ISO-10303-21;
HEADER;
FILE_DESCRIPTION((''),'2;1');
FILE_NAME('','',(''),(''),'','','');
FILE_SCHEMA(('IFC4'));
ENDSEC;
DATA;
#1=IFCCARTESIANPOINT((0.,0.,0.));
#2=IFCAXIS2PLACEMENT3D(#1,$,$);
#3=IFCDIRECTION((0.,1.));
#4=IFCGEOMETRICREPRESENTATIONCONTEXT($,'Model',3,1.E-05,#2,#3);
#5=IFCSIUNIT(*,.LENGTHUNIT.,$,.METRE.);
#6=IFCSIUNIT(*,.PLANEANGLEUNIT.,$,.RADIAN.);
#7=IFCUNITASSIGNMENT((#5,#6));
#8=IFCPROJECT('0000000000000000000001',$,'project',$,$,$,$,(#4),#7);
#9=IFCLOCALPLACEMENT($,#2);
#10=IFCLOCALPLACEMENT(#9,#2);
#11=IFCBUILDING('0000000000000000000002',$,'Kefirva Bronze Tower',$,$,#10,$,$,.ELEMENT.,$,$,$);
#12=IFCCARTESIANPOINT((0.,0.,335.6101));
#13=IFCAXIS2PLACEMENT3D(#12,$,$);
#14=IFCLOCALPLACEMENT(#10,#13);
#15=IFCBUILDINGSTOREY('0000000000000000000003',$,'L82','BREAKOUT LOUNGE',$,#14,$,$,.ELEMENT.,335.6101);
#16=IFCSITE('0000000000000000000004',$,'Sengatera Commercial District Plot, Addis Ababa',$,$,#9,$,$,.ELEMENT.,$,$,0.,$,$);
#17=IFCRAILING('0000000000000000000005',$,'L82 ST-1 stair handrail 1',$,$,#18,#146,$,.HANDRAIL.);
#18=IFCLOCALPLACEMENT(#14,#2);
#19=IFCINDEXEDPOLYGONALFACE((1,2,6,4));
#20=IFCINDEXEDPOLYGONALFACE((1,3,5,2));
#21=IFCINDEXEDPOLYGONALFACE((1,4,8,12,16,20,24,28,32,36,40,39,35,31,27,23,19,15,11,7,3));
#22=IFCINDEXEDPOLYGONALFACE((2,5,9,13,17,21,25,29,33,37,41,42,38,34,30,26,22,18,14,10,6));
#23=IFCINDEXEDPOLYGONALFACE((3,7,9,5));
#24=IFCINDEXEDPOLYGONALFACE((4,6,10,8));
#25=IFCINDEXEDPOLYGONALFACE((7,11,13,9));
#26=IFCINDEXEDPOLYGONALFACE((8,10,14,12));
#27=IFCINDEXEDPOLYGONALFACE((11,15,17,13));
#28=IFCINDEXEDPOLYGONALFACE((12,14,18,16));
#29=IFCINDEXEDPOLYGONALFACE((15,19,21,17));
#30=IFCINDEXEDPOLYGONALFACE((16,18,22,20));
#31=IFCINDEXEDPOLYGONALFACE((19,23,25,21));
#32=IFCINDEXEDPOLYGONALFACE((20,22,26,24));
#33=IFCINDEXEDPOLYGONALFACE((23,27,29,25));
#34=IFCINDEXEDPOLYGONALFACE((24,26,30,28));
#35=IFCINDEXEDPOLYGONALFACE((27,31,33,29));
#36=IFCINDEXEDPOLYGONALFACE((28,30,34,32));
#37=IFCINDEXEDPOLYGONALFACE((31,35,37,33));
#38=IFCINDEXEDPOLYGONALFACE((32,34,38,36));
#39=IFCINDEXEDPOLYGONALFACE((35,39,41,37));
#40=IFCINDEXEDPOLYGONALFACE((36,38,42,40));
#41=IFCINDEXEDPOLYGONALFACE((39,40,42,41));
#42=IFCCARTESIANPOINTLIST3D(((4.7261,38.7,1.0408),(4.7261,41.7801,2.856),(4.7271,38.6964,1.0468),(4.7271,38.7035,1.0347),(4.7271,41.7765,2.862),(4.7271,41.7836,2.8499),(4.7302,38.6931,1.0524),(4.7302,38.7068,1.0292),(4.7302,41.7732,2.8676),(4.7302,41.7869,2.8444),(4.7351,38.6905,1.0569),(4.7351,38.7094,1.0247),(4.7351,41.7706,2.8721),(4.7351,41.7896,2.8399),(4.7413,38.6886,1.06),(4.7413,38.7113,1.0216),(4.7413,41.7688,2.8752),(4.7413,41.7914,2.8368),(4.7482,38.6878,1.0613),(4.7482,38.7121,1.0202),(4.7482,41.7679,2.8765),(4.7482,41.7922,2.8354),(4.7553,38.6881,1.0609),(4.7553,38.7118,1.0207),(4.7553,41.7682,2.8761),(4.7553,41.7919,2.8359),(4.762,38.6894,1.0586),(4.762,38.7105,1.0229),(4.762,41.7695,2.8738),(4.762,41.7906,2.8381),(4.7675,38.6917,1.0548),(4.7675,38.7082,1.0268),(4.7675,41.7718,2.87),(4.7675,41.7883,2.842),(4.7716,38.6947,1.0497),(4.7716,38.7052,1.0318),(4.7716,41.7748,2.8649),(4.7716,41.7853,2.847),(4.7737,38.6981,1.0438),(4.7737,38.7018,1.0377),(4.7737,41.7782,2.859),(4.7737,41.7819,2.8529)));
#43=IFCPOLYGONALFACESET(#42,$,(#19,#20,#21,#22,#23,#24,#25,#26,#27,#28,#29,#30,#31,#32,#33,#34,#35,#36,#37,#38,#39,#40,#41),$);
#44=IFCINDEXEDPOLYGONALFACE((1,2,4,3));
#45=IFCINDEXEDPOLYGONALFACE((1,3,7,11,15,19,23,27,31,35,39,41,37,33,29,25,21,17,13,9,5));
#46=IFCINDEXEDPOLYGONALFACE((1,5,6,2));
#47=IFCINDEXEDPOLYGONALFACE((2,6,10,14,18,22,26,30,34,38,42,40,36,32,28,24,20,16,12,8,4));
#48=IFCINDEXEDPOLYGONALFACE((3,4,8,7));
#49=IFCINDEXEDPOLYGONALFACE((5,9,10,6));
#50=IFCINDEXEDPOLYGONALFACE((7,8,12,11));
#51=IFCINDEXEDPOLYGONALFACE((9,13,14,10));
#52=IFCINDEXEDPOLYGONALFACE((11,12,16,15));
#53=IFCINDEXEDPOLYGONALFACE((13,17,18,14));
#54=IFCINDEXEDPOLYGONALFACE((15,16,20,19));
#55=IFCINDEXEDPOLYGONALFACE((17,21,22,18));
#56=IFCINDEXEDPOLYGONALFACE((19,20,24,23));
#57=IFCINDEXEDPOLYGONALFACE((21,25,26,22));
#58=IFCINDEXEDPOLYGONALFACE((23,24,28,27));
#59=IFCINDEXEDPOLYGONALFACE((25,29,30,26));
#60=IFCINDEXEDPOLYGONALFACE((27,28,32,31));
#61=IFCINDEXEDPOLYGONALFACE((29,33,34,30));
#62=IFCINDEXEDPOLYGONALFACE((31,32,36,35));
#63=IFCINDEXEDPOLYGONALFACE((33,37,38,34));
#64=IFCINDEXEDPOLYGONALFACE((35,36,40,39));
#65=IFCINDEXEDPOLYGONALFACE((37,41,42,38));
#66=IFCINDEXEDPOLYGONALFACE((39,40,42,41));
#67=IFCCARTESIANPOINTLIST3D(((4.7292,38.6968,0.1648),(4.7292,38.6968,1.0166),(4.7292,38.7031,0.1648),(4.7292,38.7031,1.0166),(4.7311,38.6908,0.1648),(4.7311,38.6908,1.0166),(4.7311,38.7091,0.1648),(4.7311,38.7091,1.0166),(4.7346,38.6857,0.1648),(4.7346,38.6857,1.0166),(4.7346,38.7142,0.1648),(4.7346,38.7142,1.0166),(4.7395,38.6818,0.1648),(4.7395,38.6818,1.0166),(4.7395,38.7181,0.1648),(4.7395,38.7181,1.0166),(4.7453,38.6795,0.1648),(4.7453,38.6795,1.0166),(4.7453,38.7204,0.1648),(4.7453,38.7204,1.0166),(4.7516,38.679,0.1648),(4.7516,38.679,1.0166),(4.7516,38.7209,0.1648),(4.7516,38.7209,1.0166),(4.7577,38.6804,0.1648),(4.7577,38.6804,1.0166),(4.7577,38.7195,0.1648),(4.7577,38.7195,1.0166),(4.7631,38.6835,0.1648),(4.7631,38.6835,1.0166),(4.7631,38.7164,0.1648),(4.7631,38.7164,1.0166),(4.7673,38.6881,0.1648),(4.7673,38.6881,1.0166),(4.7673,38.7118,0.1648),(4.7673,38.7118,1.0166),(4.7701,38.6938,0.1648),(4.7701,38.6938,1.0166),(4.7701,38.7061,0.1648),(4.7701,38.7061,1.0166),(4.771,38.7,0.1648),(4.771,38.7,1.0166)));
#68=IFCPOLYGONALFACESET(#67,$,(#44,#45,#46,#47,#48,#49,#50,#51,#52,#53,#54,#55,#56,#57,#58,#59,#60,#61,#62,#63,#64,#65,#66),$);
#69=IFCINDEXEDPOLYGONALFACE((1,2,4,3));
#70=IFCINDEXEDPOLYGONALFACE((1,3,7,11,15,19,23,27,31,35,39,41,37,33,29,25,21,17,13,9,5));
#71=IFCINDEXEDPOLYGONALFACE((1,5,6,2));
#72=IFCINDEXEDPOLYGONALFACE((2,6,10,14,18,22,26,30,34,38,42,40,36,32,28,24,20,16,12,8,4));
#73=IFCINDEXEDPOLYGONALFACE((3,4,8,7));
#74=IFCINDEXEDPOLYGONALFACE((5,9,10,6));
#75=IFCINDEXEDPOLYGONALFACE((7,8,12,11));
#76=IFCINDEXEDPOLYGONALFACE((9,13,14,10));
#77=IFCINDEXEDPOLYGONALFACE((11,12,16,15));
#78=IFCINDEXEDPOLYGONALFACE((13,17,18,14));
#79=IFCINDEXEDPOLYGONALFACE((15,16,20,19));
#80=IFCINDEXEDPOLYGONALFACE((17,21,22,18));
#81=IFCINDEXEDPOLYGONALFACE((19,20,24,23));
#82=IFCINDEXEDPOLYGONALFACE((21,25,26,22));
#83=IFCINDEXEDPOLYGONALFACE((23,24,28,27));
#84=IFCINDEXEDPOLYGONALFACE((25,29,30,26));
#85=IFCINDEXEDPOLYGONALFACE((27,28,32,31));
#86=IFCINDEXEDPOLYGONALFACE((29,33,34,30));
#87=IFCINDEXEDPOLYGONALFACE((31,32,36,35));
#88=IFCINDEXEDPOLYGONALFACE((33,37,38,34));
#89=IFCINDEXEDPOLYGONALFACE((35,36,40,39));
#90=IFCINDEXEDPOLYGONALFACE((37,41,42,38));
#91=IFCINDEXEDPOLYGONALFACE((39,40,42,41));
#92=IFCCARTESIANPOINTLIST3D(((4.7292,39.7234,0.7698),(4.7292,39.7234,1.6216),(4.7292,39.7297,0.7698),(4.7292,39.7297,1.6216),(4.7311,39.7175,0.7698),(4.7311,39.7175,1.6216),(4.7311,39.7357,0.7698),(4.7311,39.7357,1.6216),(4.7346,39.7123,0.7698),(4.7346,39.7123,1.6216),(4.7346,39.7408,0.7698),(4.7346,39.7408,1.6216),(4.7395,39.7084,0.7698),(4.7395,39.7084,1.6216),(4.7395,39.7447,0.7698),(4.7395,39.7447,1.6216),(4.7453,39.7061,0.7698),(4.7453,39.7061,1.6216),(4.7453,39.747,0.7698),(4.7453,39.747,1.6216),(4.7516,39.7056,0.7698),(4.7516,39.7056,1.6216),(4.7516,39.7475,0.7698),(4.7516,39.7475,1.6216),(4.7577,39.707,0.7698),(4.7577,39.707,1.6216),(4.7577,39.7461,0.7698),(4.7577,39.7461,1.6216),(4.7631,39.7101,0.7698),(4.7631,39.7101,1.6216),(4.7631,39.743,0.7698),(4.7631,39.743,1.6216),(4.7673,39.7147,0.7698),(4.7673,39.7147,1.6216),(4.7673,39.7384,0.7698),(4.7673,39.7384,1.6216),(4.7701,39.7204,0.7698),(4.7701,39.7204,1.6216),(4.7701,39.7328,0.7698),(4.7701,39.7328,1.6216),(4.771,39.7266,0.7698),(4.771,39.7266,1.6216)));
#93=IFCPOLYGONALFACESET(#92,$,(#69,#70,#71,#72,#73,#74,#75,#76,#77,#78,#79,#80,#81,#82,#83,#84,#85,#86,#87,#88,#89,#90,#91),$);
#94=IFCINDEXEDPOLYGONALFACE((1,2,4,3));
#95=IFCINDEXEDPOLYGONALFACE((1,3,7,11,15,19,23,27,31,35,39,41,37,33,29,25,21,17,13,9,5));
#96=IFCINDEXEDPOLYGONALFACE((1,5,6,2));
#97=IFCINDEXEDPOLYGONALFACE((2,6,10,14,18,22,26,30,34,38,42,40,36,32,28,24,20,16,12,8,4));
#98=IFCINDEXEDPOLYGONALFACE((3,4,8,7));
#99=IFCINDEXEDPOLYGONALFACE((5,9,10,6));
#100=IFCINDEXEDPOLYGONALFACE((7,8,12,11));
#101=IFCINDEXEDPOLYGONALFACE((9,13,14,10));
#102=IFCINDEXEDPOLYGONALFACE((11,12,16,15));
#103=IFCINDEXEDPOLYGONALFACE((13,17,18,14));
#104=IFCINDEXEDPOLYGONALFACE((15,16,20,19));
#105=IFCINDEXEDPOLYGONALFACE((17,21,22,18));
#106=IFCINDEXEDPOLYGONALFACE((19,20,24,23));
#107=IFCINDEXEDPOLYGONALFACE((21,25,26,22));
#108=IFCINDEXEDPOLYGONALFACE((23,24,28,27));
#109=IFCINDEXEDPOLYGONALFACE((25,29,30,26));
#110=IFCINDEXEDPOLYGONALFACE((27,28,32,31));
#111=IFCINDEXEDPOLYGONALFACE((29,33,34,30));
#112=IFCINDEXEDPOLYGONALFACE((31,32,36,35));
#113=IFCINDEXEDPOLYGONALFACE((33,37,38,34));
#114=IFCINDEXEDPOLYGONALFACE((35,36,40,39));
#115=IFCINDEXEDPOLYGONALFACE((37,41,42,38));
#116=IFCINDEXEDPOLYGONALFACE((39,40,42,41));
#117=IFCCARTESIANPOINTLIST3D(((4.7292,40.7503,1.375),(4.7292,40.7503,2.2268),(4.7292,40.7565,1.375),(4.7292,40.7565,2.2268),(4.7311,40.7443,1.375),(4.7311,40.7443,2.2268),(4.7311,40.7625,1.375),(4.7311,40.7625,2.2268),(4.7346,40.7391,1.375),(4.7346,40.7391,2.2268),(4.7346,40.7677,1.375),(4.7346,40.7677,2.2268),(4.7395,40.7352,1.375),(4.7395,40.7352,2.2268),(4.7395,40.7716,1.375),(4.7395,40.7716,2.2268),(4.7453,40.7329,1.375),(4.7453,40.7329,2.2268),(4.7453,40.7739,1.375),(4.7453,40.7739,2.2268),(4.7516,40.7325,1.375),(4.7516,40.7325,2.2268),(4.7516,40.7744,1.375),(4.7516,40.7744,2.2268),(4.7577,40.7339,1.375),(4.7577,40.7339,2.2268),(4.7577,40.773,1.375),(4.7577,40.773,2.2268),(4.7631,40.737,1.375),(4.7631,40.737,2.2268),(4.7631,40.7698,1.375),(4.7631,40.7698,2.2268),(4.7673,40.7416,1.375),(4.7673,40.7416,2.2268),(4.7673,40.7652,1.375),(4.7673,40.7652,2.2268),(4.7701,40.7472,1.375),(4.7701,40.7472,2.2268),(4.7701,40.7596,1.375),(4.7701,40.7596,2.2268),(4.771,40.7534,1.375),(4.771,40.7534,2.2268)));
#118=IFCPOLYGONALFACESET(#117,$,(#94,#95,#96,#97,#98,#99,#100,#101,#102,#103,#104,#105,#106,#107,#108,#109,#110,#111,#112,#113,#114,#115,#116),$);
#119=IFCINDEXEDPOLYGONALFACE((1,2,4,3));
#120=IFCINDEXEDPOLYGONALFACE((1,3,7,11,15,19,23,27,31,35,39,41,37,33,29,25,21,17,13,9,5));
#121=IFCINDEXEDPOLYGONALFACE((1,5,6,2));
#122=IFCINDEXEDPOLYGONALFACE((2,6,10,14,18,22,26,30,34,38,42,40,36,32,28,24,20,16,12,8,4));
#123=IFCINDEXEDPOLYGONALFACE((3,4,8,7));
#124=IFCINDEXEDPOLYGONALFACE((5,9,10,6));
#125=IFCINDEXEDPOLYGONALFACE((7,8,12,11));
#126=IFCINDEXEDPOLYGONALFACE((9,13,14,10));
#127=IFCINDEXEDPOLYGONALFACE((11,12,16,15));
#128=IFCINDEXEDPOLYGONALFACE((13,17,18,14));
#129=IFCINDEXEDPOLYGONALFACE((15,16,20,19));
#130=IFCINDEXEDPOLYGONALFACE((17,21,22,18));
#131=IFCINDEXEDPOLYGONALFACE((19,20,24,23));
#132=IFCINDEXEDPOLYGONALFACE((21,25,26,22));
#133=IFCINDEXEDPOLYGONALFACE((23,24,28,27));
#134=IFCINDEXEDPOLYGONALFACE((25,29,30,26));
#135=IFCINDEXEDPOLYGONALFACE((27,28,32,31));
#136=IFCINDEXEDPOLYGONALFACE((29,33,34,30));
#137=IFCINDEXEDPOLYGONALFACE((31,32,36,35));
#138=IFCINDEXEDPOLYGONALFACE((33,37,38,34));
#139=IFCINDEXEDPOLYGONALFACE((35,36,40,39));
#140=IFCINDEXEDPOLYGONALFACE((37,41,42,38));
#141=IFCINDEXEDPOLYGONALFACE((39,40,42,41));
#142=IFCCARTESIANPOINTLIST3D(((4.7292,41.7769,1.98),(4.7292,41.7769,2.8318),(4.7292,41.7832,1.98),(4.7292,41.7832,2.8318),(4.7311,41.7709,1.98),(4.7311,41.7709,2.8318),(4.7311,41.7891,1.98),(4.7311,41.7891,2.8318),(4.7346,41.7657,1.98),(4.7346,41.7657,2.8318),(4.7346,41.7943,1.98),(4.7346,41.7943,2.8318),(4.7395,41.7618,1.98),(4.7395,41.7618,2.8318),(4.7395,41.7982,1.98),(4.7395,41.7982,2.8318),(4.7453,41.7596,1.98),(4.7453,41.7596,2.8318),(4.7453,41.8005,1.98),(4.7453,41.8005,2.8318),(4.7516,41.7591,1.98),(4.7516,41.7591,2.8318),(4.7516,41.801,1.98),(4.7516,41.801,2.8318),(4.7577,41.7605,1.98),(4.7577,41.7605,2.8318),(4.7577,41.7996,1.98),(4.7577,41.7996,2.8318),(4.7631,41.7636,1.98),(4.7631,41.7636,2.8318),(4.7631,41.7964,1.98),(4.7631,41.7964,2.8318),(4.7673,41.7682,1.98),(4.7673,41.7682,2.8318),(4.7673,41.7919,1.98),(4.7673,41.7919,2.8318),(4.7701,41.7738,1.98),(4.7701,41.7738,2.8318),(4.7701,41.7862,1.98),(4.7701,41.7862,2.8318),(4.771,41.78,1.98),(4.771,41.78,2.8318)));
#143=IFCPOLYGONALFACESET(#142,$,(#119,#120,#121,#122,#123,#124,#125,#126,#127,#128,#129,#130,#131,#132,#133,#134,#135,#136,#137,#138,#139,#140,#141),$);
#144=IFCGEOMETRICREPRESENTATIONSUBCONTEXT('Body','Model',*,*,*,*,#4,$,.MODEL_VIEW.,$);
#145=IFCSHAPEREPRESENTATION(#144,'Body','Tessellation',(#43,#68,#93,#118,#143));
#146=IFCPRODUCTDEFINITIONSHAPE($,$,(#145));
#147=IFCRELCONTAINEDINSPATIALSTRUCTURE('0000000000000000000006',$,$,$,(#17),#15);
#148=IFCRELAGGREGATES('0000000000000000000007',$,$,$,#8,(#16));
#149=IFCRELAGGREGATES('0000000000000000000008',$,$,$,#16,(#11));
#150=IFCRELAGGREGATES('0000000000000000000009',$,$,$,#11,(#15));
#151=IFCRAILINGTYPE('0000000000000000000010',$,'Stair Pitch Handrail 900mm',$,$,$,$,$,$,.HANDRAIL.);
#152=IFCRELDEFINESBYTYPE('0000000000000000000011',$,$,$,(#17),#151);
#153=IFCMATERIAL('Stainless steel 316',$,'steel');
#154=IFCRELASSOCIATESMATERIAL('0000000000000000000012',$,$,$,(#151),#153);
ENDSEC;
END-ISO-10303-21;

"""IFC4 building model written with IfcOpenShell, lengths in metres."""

from ifc_helpers import new_model, si_unit, direction, frame, origin, origin_2d, place, context, subcontext, project, spatial, circle, extrude, material, type_object, element, save


model = new_model("IFC4")

# Units and contexts
model_context = context("Model", 3, precision=1e-05, world=origin(), true_north=direction((0.0, 1.0)))
body_context = subcontext(model_context, "Body", "Model", "MODEL_VIEW")
ifc_project = project(units=[si_unit("LENGTHUNIT", "METRE"), si_unit("PLANEANGLEUNIT", "RADIAN")], contexts=[model_context])

# Site, building, storey
site_placement = place(None, origin())
site = spatial("IfcSite", under=ifc_project, at=site_placement, Name="Sengatera Commercial District Plot, Addis Ababa", CompositionType="ELEMENT", RefElevation=0.0)
building_placement = place(site_placement, origin())
building = spatial("IfcBuilding", under=site, at=building_placement, Name="Kefirva Bronze Tower", CompositionType="ELEMENT")
storey_placement = place(building_placement, frame((0.0, 0.0, 335.6101)))
storey = spatial("IfcBuildingStorey", under=building, at=storey_placement, Name="L82", Description="BREAKOUT LOUNGE", CompositionType="ELEMENT", Elevation=335.6101)

# Railing
ifc_material_1 = material(Name="Stainless steel 316", Category="steel")
railing_type_1 = type_object("IfcRailingType", Name="Stair Pitch Handrail 900mm", PredefinedType="HANDRAIL", material=ifc_material_1)
railing_1_placement = place(storey_placement, frame((4.75, 38.7, 0.1648)))
element("IfcRailing", 1, at=railing_1_placement, inside=storey, type_object=railing_type_1, Name="L82 ST-1 stair handrail 1", PredefinedType="HANDRAIL", context=body_context, shape_type="SweptSolid", body=[
    extrude(circle(Radius=0.0239, at=origin_2d()), frame((0.0, 0.0, 0.876), z_axis=(0.0, 0.861521, 0.507721), x_axis=(-1.0, 0.0, 0.0)), (0.0, 0.0, 1.0), 3.5752),
    extrude(circle(Radius=0.021, at=origin_2d()), origin(), (0.0, 0.0, 1.0), 0.8518),
    extrude(circle(Radius=0.021, at=origin_2d()), frame((0.0, 1.0266, 0.605)), (0.0, 0.0, 1.0), 0.8518),
    extrude(circle(Radius=0.021, at=origin_2d()), frame((0.0, 2.0535, 1.2102)), (0.0, 0.0, 1.0), 0.8518),
    extrude(circle(Radius=0.021, at=origin_2d()), frame((0.0, 3.0801, 1.8152)), (0.0, 0.0, 1.0), 0.8518),
])

save(model, "model.ifc")
